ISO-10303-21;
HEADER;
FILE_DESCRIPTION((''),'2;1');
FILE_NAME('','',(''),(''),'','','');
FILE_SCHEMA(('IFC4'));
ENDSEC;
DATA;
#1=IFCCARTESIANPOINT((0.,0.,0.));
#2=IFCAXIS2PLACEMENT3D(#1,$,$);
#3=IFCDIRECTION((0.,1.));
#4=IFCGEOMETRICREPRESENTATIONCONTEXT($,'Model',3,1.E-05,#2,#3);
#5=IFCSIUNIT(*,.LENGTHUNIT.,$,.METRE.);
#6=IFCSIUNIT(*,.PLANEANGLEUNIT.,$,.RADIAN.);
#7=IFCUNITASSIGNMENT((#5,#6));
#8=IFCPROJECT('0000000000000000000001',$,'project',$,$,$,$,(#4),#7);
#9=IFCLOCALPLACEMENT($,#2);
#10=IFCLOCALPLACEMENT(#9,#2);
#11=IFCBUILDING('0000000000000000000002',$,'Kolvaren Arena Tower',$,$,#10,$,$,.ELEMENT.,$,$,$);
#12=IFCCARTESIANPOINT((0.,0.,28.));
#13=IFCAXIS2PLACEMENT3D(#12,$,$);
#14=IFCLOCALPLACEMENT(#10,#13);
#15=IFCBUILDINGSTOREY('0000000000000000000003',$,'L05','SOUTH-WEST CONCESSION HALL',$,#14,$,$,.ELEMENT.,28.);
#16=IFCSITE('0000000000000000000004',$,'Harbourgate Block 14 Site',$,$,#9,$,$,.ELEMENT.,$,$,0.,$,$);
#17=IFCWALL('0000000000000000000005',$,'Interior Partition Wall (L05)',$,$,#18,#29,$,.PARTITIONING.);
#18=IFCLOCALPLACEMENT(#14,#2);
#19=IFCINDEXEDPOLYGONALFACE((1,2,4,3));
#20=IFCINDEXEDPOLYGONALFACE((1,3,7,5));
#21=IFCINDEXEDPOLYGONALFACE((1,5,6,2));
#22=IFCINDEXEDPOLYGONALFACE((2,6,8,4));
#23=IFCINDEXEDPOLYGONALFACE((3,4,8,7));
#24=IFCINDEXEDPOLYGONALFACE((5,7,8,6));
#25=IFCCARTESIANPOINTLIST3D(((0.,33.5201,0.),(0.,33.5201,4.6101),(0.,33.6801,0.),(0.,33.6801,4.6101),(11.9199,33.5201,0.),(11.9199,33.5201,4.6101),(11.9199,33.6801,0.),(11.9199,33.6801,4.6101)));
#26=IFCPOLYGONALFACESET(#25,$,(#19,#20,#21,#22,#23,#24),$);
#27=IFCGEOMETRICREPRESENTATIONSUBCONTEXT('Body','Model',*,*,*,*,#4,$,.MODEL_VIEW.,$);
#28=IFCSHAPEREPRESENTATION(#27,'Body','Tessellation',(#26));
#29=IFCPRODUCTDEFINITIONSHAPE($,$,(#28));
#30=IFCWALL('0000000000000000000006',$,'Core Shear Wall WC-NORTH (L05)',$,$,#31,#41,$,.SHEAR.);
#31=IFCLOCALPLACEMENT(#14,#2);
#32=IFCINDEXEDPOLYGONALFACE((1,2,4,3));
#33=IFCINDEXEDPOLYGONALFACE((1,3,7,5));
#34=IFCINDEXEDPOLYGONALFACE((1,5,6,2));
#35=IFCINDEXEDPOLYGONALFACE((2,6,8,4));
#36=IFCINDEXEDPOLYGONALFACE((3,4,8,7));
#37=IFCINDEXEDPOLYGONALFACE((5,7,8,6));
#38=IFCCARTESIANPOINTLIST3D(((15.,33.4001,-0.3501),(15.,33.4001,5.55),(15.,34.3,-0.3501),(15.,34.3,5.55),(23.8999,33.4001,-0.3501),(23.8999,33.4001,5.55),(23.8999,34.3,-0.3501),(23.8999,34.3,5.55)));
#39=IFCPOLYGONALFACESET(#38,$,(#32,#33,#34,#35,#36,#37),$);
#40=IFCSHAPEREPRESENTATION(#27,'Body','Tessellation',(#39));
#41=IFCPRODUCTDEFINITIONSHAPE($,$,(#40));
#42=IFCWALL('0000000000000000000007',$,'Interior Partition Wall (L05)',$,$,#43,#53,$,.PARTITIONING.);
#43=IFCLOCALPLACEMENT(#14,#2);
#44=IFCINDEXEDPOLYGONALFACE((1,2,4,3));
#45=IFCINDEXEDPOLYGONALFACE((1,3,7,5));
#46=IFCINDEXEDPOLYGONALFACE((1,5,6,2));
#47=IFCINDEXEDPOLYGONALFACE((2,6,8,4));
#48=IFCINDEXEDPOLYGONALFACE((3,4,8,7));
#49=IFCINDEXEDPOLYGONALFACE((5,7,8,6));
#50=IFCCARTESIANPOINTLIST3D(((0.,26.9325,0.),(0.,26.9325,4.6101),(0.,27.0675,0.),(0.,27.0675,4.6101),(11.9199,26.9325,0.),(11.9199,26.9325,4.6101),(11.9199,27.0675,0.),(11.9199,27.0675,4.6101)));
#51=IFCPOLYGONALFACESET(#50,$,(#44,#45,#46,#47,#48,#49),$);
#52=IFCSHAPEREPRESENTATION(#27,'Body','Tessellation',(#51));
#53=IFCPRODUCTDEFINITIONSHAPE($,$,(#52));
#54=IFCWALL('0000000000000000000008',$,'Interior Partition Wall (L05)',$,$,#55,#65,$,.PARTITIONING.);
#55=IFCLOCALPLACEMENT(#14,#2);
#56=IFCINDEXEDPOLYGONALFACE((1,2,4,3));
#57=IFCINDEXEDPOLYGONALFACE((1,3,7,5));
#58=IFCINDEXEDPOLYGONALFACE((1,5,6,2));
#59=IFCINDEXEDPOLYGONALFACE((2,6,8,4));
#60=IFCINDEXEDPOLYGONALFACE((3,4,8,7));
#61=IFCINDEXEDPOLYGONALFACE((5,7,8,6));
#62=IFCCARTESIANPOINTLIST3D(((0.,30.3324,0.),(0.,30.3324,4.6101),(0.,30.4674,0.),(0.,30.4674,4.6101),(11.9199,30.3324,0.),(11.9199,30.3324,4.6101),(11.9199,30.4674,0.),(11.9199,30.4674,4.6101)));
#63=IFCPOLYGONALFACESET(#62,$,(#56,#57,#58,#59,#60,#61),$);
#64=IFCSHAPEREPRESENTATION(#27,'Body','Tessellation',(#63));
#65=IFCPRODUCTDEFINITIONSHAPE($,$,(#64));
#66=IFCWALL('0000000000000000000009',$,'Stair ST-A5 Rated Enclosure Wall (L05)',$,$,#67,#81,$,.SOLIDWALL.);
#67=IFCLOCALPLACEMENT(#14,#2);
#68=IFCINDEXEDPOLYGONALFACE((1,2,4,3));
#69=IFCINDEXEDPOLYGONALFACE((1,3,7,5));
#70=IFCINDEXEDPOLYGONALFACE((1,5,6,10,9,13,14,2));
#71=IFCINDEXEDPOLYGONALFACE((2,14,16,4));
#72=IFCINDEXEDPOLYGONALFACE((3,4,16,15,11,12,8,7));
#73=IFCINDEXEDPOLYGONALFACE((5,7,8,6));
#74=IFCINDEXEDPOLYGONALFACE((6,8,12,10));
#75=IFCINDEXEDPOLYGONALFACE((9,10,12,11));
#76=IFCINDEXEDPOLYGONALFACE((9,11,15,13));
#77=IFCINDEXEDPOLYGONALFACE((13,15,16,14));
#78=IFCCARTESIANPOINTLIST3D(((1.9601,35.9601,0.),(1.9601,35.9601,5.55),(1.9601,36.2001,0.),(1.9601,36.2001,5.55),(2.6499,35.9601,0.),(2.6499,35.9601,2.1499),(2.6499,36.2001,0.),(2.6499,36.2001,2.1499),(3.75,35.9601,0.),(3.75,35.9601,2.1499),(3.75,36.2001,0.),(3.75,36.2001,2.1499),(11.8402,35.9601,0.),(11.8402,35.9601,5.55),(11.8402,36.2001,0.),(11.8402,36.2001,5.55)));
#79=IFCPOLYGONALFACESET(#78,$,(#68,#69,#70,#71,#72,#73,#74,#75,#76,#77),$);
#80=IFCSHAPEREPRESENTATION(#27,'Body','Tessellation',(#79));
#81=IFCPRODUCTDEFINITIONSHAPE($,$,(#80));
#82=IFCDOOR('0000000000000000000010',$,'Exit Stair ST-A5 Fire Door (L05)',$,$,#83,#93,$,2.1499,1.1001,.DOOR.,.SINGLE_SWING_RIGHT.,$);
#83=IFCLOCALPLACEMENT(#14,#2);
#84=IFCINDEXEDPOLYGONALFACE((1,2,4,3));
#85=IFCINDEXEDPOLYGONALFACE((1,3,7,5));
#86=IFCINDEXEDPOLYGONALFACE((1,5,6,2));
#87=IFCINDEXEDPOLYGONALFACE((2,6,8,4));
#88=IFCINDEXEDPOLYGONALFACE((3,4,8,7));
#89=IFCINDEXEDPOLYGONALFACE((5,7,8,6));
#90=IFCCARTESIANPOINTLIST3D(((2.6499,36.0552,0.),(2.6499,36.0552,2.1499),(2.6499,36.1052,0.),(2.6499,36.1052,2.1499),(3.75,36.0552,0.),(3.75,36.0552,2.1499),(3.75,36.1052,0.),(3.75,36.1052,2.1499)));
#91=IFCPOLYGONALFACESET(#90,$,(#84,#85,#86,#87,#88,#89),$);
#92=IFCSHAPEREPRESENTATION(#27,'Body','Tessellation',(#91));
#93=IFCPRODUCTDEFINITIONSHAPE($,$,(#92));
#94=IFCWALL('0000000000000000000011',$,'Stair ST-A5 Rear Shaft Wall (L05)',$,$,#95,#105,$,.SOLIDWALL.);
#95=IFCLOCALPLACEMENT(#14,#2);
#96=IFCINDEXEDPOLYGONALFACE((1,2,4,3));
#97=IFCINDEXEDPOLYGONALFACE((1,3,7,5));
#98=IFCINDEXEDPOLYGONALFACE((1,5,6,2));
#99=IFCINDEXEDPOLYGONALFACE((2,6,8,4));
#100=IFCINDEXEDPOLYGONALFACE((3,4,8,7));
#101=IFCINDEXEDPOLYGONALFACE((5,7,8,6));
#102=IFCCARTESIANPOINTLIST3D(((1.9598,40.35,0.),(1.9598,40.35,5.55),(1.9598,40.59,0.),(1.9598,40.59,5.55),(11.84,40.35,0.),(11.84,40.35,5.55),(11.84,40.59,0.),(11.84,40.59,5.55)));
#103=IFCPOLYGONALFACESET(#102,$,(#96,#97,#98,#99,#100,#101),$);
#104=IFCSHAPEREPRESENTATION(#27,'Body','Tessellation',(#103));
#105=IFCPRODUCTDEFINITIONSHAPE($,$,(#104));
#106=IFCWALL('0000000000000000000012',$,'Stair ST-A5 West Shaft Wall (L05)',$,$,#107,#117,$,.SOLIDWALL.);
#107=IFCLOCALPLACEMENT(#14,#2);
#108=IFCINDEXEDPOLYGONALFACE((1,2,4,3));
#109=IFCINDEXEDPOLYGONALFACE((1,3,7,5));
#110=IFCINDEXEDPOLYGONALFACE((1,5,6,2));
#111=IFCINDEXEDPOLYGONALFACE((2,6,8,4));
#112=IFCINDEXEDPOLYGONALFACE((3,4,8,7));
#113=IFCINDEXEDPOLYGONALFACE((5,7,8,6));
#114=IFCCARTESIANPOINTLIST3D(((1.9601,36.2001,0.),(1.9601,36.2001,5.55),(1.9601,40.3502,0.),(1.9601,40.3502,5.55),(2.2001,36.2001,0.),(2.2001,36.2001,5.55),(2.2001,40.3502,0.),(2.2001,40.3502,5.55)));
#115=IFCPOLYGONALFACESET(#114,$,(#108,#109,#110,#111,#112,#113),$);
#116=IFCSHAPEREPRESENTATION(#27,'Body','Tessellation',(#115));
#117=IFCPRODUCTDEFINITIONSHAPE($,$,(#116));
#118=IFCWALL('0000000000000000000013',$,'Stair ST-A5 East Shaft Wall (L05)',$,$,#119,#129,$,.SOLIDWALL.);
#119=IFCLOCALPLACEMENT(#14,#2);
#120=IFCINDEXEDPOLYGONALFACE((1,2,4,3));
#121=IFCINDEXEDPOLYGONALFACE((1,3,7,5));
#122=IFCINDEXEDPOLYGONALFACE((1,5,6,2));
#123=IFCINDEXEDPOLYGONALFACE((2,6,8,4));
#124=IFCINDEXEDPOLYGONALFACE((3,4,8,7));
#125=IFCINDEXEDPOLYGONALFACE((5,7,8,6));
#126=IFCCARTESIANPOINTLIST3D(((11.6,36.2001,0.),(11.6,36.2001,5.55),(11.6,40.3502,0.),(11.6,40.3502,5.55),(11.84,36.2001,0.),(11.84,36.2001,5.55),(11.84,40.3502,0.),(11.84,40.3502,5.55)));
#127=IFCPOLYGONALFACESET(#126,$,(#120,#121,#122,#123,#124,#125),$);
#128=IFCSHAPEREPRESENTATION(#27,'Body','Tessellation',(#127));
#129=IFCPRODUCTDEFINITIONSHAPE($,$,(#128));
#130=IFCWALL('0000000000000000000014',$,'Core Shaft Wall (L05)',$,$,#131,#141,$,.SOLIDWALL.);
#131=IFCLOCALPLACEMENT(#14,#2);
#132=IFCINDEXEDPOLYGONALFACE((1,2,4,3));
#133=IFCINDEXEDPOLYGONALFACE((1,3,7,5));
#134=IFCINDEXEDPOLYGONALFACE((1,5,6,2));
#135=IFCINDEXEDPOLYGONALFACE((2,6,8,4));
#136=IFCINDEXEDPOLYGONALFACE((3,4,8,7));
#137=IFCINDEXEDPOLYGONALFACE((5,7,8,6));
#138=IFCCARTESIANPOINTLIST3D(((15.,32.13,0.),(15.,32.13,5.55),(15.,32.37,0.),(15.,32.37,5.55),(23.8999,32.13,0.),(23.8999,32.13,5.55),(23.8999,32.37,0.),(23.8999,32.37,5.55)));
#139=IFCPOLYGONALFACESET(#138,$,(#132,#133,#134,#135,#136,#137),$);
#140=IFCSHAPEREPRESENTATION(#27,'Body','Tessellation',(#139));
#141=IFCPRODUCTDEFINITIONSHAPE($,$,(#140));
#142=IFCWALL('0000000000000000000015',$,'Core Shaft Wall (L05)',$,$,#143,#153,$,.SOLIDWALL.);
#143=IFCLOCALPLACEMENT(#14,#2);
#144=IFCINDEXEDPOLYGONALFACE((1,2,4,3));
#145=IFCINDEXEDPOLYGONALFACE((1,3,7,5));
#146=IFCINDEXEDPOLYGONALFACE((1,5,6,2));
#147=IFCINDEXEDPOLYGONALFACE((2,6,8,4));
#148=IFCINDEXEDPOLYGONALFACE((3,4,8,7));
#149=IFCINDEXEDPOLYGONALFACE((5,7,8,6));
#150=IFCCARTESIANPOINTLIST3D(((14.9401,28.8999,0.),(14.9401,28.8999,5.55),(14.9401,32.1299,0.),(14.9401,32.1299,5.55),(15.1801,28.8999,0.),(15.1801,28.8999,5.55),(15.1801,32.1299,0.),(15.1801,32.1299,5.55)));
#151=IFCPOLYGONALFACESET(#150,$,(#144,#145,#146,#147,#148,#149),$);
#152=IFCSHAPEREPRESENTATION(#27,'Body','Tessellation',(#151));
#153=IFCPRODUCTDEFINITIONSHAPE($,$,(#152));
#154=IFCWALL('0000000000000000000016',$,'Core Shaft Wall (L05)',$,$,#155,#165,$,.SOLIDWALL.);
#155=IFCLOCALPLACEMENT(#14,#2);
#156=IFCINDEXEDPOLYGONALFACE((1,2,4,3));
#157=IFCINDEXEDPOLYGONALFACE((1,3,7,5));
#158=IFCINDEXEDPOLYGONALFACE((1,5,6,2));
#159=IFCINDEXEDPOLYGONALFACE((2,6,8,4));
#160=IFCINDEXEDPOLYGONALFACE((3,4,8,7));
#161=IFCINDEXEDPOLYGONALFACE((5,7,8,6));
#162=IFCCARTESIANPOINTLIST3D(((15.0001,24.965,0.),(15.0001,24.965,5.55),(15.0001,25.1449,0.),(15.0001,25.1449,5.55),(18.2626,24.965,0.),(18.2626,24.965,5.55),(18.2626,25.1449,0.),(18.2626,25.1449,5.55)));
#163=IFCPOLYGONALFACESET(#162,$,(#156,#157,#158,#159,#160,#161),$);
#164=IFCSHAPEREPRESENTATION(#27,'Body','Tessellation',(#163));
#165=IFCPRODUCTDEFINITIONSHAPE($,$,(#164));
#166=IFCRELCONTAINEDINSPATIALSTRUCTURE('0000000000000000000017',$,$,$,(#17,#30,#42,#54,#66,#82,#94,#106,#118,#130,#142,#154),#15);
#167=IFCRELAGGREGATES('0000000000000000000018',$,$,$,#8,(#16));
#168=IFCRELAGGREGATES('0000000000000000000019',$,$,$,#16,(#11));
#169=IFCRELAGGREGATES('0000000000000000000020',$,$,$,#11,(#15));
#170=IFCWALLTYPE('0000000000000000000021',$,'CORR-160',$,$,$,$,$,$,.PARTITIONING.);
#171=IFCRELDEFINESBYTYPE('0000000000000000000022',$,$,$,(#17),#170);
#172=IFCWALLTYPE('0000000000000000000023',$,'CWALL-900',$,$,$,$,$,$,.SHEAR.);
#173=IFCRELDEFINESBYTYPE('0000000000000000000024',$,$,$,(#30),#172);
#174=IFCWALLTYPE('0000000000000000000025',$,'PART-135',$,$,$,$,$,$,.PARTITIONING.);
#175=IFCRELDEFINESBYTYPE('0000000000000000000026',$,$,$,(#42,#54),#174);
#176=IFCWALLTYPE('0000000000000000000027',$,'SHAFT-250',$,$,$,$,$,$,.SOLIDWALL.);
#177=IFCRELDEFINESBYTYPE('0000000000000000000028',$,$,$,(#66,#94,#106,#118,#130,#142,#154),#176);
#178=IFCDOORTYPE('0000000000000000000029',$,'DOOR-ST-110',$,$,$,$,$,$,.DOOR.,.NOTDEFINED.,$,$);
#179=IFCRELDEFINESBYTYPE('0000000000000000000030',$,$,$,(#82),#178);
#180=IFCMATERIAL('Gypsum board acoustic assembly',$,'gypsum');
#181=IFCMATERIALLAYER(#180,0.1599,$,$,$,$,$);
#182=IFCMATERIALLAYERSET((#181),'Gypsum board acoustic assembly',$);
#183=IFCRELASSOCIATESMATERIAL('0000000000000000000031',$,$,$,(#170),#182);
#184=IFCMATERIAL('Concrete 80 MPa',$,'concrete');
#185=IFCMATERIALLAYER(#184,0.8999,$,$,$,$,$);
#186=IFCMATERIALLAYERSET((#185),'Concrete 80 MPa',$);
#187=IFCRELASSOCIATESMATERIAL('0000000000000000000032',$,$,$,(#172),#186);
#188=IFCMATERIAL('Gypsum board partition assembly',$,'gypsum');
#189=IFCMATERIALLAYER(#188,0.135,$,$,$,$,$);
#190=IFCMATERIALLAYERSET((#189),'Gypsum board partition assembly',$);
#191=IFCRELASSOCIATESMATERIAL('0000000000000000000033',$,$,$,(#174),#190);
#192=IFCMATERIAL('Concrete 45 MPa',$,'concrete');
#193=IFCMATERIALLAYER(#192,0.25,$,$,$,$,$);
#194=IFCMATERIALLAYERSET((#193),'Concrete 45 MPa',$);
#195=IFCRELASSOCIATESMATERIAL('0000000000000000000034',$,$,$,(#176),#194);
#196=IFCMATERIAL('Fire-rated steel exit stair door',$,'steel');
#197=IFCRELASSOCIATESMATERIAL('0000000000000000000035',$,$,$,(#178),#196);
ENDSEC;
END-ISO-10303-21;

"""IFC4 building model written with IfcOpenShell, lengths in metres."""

from ifc_helpers import new_model, si_unit, direction, frame, frame_2d, origin, place, context, subcontext, project, spatial, rectangle, extrude, material, layer, layer_set, type_object, element, fill, save


model = new_model("IFC4")

# Units and contexts
model_context = context("Model", 3, precision=1e-05, world=origin(), true_north=direction((0.0, 1.0)))
body_context = subcontext(model_context, "Body", "Model", "MODEL_VIEW")
ifc_project = project(units=[si_unit("LENGTHUNIT", "METRE"), si_unit("PLANEANGLEUNIT", "RADIAN")], contexts=[model_context])

# Site, building, storey
site_placement = place(None, origin())
site = spatial("IfcSite", under=ifc_project, at=site_placement, Name="Harbourgate Block 14 Site", CompositionType="ELEMENT", RefElevation=0.0)
building_placement = place(site_placement, origin())
building = spatial("IfcBuilding", under=site, at=building_placement, Name="Kolvaren Arena Tower", CompositionType="ELEMENT")
storey_placement = place(building_placement, frame((0.0, 0.0, 28.0)))
storey = spatial("IfcBuildingStorey", under=building, at=storey_placement, Name="L05", Description="SOUTH-WEST CONCESSION HALL", CompositionType="ELEMENT", Elevation=28.0)

# Walls
ifc_material_1 = material(Name="Gypsum board acoustic assembly", Category="gypsum")
ifc_layer_1 = layer(ifc_material_1, 0.1599)
ifc_layer_set_1 = layer_set([ifc_layer_1], Name="Gypsum board acoustic assembly")
wall_type_1 = type_object("IfcWallType", Name="CORR-160", PredefinedType="PARTITIONING", material=ifc_layer_set_1)
wall_1_placement = place(storey_placement, frame((0.0, 33.6001, 0.0), z_axis=(0.0, 0.0, 1.0), x_axis=(1.0, 0.0, 0.0)))
element("IfcWall", 1, at=wall_1_placement, inside=storey, type_object=wall_type_1, Name="Interior Partition Wall (L05)", PredefinedType="PARTITIONING", context=body_context, shape_type="SweptSolid", body=[
    extrude(rectangle(XDim=11.9199, YDim=0.1599, at=frame_2d((5.96, 0.0))), origin(), (0.0, 0.0, 1.0), 4.6101),
])
ifc_material_2 = material(Name="Concrete 80 MPa", Category="concrete")
ifc_layer_2 = layer(ifc_material_2, 0.8999)
ifc_layer_set_2 = layer_set([ifc_layer_2], Name="Concrete 80 MPa")
wall_type_2 = type_object("IfcWallType", Name="CWALL-900", PredefinedType="SHEAR", material=ifc_layer_set_2)
wall_2_placement = place(storey_placement, frame((15.0, 33.8501, -0.3501), z_axis=(0.0, 0.0, 1.0), x_axis=(1.0, 0.0, 0.0)))
element("IfcWall", 2, at=wall_2_placement, inside=storey, type_object=wall_type_2, Name="Core Shear Wall WC-NORTH (L05)", PredefinedType="SHEAR", context=body_context, shape_type="SweptSolid", body=[
    extrude(rectangle(XDim=8.8999, YDim=0.8999, at=frame_2d((4.45, 0.0))), origin(), (0.0, 0.0, 1.0), 5.9001),
])
ifc_material_3 = material(Name="Gypsum board partition assembly", Category="gypsum")
ifc_layer_3 = layer(ifc_material_3, 0.135)
ifc_layer_set_3 = layer_set([ifc_layer_3], Name="Gypsum board partition assembly")
wall_type_3 = type_object("IfcWallType", Name="PART-135", PredefinedType="PARTITIONING", material=ifc_layer_set_3)
for number, where, z_axis, x_axis, name in (
    (3, (0.0, 27.0, 0.0), (0.0, 0.0, 1.0), (1.0, 0.0, 0.0), "Interior Partition Wall (L05)"),
    (4, (0.0, 30.3999, 0.0), (0.0, 0.0, 1.0), (1.0, 0.0, 0.0), "Interior Partition Wall (L05)"),
):
    element("IfcWall", number, at=place(storey_placement, frame(where, z_axis=z_axis, x_axis=x_axis)), inside=storey, type_object=wall_type_3, Name=name, PredefinedType="PARTITIONING", context=body_context, shape_type="SweptSolid", body=[
        extrude(rectangle(XDim=11.9199, YDim=0.135, at=frame_2d((5.96, 0.0))), origin(), (0.0, 0.0, 1.0), 4.6101),
    ])

# Wall, opening, door
ifc_material_4 = material(Name="Concrete 45 MPa", Category="concrete")
ifc_layer_4 = layer(ifc_material_4, 0.25)
ifc_layer_set_4 = layer_set([ifc_layer_4], Name="Concrete 45 MPa")
wall_type_4 = type_object("IfcWallType", Name="SHAFT-250", PredefinedType="SOLIDWALL", material=ifc_layer_set_4)
wall_3_placement = place(storey_placement, frame((11.8401, 36.0801, 0.0), z_axis=(0.0, 0.0, 1.0), x_axis=(-1.0, 0.0, 0.0)))
wall_3 = element("IfcWall", 5, at=wall_3_placement, inside=storey, type_object=wall_type_4, Name="Stair ST-A5 Rated Enclosure Wall (L05)", PredefinedType="SOLIDWALL", context=body_context, shape_type="SweptSolid", body=[
    extrude(rectangle(XDim=9.8801, YDim=0.24, at=frame_2d((4.9399, 0.0))), origin(), (0.0, 0.0, 1.0), 5.55),
])
opening_1_placement = place(wall_3_placement, frame((8.0901, 0.0, 0.0)))
opening_1 = element("IfcOpeningElement", 6, at=opening_1_placement, cuts=wall_3, PredefinedType="OPENING", context=body_context, shape_type="SweptSolid", body=[
    extrude(rectangle(XDim=1.1001, YDim=2.1499, at=frame_2d((0.55, 1.075))), frame((0.0, 0.1299, 0.0), z_axis=(0.0, -1.0, 0.0), x_axis=(1.0, 0.0, 0.0)), (0.0, 0.0, 1.0), 0.26),
])
ifc_material_5 = material(Name="Fire-rated steel exit stair door", Category="steel")
door_type_1 = type_object("IfcDoorType", Name="DOOR-ST-110", OperationType="NOTDEFINED", PredefinedType="DOOR", material=ifc_material_5)
door_1_placement = place(opening_1_placement, origin())
door_1 = element("IfcDoor", 7, at=door_1_placement, inside=storey, type_object=door_type_1, Name="Exit Stair ST-A5 Fire Door (L05)", OperationType="SINGLE_SWING_RIGHT", OverallHeight=2.1499, OverallWidth=1.1001, PredefinedType="DOOR", context=body_context, shape_type="SweptSolid", body=[
    extrude(rectangle(XDim=1.1001, YDim=2.1499, at=frame_2d((0.55, 1.075))), frame((0.0, 0.0249, 0.0), z_axis=(0.0, -1.0, 0.0), x_axis=(1.0, 0.0, 0.0)), (0.0, 0.0, 1.0), 0.05),
])
fill(opening_1, door_1)

# Walls
wall_4_placement = place(storey_placement, frame((1.96, 40.47, 0.0), z_axis=(0.0, 0.0, 1.0), x_axis=(1.0, 0.0, 0.0)))
element("IfcWall", 8, at=wall_4_placement, inside=storey, type_object=wall_type_4, Name="Stair ST-A5 Rear Shaft Wall (L05)", PredefinedType="SOLIDWALL", context=body_context, shape_type="SweptSolid", body=[
    extrude(rectangle(XDim=9.8801, YDim=0.24, at=frame_2d((4.9399, 0.0))), origin(), (0.0, 0.0, 1.0), 5.55),
])
for number, where, z_axis, x_axis, name in (
    (9, (2.0801, 36.2, 0.0), (0.0, 0.0, 1.0), (0.0, 1.0, 0.0), "Stair ST-A5 West Shaft Wall (L05)"),
    (10, (11.72, 36.2, 0.0), (0.0, 0.0, 1.0), (0.0, 1.0, 0.0), "Stair ST-A5 East Shaft Wall (L05)"),
):
    element("IfcWall", number, at=place(storey_placement, frame(where, z_axis=z_axis, x_axis=x_axis)), inside=storey, type_object=wall_type_4, Name=name, PredefinedType="SOLIDWALL", context=body_context, shape_type="SweptSolid", body=[
        extrude(rectangle(XDim=4.1501, YDim=0.24, at=frame_2d((2.0752, 0.0))), origin(), (0.0, 0.0, 1.0), 5.55),
    ])
wall_5_placement = place(storey_placement, frame((15.0, 32.25, 0.0), z_axis=(0.0, 0.0, 1.0), x_axis=(1.0, 0.0, 0.0)))
element("IfcWall", 11, at=wall_5_placement, inside=storey, type_object=wall_type_4, Name="Core Shaft Wall (L05)", PredefinedType="SOLIDWALL", context=body_context, shape_type="SweptSolid", body=[
    extrude(rectangle(XDim=8.8999, YDim=0.24, at=frame_2d((4.45, 0.0))), origin(), (0.0, 0.0, 1.0), 5.55),
])
wall_6_placement = place(storey_placement, frame((15.0601, 28.8999, 0.0), z_axis=(0.0, 0.0, 1.0), x_axis=(0.0, 1.0, 0.0)))
element("IfcWall", 12, at=wall_6_placement, inside=storey, type_object=wall_type_4, Name="Core Shaft Wall (L05)", PredefinedType="SOLIDWALL", context=body_context, shape_type="SweptSolid", body=[
    extrude(rectangle(XDim=3.23, YDim=0.24, at=frame_2d((1.615, 0.0))), origin(), (0.0, 0.0, 1.0), 5.55),
])
wall_7_placement = place(storey_placement, frame((15.0, 25.0549, 0.0), z_axis=(0.0, 0.0, 1.0), x_axis=(1.0, 0.0, 0.0)))
element("IfcWall", 13, at=wall_7_placement, inside=storey, type_object=wall_type_4, Name="Core Shaft Wall (L05)", PredefinedType="SOLIDWALL", context=body_context, shape_type="SweptSolid", body=[
    extrude(rectangle(XDim=3.2625, YDim=0.1799, at=frame_2d((1.6313, 0.0))), origin(), (0.0, 0.0, 1.0), 5.55),
])

save(model, "model.ifc")
